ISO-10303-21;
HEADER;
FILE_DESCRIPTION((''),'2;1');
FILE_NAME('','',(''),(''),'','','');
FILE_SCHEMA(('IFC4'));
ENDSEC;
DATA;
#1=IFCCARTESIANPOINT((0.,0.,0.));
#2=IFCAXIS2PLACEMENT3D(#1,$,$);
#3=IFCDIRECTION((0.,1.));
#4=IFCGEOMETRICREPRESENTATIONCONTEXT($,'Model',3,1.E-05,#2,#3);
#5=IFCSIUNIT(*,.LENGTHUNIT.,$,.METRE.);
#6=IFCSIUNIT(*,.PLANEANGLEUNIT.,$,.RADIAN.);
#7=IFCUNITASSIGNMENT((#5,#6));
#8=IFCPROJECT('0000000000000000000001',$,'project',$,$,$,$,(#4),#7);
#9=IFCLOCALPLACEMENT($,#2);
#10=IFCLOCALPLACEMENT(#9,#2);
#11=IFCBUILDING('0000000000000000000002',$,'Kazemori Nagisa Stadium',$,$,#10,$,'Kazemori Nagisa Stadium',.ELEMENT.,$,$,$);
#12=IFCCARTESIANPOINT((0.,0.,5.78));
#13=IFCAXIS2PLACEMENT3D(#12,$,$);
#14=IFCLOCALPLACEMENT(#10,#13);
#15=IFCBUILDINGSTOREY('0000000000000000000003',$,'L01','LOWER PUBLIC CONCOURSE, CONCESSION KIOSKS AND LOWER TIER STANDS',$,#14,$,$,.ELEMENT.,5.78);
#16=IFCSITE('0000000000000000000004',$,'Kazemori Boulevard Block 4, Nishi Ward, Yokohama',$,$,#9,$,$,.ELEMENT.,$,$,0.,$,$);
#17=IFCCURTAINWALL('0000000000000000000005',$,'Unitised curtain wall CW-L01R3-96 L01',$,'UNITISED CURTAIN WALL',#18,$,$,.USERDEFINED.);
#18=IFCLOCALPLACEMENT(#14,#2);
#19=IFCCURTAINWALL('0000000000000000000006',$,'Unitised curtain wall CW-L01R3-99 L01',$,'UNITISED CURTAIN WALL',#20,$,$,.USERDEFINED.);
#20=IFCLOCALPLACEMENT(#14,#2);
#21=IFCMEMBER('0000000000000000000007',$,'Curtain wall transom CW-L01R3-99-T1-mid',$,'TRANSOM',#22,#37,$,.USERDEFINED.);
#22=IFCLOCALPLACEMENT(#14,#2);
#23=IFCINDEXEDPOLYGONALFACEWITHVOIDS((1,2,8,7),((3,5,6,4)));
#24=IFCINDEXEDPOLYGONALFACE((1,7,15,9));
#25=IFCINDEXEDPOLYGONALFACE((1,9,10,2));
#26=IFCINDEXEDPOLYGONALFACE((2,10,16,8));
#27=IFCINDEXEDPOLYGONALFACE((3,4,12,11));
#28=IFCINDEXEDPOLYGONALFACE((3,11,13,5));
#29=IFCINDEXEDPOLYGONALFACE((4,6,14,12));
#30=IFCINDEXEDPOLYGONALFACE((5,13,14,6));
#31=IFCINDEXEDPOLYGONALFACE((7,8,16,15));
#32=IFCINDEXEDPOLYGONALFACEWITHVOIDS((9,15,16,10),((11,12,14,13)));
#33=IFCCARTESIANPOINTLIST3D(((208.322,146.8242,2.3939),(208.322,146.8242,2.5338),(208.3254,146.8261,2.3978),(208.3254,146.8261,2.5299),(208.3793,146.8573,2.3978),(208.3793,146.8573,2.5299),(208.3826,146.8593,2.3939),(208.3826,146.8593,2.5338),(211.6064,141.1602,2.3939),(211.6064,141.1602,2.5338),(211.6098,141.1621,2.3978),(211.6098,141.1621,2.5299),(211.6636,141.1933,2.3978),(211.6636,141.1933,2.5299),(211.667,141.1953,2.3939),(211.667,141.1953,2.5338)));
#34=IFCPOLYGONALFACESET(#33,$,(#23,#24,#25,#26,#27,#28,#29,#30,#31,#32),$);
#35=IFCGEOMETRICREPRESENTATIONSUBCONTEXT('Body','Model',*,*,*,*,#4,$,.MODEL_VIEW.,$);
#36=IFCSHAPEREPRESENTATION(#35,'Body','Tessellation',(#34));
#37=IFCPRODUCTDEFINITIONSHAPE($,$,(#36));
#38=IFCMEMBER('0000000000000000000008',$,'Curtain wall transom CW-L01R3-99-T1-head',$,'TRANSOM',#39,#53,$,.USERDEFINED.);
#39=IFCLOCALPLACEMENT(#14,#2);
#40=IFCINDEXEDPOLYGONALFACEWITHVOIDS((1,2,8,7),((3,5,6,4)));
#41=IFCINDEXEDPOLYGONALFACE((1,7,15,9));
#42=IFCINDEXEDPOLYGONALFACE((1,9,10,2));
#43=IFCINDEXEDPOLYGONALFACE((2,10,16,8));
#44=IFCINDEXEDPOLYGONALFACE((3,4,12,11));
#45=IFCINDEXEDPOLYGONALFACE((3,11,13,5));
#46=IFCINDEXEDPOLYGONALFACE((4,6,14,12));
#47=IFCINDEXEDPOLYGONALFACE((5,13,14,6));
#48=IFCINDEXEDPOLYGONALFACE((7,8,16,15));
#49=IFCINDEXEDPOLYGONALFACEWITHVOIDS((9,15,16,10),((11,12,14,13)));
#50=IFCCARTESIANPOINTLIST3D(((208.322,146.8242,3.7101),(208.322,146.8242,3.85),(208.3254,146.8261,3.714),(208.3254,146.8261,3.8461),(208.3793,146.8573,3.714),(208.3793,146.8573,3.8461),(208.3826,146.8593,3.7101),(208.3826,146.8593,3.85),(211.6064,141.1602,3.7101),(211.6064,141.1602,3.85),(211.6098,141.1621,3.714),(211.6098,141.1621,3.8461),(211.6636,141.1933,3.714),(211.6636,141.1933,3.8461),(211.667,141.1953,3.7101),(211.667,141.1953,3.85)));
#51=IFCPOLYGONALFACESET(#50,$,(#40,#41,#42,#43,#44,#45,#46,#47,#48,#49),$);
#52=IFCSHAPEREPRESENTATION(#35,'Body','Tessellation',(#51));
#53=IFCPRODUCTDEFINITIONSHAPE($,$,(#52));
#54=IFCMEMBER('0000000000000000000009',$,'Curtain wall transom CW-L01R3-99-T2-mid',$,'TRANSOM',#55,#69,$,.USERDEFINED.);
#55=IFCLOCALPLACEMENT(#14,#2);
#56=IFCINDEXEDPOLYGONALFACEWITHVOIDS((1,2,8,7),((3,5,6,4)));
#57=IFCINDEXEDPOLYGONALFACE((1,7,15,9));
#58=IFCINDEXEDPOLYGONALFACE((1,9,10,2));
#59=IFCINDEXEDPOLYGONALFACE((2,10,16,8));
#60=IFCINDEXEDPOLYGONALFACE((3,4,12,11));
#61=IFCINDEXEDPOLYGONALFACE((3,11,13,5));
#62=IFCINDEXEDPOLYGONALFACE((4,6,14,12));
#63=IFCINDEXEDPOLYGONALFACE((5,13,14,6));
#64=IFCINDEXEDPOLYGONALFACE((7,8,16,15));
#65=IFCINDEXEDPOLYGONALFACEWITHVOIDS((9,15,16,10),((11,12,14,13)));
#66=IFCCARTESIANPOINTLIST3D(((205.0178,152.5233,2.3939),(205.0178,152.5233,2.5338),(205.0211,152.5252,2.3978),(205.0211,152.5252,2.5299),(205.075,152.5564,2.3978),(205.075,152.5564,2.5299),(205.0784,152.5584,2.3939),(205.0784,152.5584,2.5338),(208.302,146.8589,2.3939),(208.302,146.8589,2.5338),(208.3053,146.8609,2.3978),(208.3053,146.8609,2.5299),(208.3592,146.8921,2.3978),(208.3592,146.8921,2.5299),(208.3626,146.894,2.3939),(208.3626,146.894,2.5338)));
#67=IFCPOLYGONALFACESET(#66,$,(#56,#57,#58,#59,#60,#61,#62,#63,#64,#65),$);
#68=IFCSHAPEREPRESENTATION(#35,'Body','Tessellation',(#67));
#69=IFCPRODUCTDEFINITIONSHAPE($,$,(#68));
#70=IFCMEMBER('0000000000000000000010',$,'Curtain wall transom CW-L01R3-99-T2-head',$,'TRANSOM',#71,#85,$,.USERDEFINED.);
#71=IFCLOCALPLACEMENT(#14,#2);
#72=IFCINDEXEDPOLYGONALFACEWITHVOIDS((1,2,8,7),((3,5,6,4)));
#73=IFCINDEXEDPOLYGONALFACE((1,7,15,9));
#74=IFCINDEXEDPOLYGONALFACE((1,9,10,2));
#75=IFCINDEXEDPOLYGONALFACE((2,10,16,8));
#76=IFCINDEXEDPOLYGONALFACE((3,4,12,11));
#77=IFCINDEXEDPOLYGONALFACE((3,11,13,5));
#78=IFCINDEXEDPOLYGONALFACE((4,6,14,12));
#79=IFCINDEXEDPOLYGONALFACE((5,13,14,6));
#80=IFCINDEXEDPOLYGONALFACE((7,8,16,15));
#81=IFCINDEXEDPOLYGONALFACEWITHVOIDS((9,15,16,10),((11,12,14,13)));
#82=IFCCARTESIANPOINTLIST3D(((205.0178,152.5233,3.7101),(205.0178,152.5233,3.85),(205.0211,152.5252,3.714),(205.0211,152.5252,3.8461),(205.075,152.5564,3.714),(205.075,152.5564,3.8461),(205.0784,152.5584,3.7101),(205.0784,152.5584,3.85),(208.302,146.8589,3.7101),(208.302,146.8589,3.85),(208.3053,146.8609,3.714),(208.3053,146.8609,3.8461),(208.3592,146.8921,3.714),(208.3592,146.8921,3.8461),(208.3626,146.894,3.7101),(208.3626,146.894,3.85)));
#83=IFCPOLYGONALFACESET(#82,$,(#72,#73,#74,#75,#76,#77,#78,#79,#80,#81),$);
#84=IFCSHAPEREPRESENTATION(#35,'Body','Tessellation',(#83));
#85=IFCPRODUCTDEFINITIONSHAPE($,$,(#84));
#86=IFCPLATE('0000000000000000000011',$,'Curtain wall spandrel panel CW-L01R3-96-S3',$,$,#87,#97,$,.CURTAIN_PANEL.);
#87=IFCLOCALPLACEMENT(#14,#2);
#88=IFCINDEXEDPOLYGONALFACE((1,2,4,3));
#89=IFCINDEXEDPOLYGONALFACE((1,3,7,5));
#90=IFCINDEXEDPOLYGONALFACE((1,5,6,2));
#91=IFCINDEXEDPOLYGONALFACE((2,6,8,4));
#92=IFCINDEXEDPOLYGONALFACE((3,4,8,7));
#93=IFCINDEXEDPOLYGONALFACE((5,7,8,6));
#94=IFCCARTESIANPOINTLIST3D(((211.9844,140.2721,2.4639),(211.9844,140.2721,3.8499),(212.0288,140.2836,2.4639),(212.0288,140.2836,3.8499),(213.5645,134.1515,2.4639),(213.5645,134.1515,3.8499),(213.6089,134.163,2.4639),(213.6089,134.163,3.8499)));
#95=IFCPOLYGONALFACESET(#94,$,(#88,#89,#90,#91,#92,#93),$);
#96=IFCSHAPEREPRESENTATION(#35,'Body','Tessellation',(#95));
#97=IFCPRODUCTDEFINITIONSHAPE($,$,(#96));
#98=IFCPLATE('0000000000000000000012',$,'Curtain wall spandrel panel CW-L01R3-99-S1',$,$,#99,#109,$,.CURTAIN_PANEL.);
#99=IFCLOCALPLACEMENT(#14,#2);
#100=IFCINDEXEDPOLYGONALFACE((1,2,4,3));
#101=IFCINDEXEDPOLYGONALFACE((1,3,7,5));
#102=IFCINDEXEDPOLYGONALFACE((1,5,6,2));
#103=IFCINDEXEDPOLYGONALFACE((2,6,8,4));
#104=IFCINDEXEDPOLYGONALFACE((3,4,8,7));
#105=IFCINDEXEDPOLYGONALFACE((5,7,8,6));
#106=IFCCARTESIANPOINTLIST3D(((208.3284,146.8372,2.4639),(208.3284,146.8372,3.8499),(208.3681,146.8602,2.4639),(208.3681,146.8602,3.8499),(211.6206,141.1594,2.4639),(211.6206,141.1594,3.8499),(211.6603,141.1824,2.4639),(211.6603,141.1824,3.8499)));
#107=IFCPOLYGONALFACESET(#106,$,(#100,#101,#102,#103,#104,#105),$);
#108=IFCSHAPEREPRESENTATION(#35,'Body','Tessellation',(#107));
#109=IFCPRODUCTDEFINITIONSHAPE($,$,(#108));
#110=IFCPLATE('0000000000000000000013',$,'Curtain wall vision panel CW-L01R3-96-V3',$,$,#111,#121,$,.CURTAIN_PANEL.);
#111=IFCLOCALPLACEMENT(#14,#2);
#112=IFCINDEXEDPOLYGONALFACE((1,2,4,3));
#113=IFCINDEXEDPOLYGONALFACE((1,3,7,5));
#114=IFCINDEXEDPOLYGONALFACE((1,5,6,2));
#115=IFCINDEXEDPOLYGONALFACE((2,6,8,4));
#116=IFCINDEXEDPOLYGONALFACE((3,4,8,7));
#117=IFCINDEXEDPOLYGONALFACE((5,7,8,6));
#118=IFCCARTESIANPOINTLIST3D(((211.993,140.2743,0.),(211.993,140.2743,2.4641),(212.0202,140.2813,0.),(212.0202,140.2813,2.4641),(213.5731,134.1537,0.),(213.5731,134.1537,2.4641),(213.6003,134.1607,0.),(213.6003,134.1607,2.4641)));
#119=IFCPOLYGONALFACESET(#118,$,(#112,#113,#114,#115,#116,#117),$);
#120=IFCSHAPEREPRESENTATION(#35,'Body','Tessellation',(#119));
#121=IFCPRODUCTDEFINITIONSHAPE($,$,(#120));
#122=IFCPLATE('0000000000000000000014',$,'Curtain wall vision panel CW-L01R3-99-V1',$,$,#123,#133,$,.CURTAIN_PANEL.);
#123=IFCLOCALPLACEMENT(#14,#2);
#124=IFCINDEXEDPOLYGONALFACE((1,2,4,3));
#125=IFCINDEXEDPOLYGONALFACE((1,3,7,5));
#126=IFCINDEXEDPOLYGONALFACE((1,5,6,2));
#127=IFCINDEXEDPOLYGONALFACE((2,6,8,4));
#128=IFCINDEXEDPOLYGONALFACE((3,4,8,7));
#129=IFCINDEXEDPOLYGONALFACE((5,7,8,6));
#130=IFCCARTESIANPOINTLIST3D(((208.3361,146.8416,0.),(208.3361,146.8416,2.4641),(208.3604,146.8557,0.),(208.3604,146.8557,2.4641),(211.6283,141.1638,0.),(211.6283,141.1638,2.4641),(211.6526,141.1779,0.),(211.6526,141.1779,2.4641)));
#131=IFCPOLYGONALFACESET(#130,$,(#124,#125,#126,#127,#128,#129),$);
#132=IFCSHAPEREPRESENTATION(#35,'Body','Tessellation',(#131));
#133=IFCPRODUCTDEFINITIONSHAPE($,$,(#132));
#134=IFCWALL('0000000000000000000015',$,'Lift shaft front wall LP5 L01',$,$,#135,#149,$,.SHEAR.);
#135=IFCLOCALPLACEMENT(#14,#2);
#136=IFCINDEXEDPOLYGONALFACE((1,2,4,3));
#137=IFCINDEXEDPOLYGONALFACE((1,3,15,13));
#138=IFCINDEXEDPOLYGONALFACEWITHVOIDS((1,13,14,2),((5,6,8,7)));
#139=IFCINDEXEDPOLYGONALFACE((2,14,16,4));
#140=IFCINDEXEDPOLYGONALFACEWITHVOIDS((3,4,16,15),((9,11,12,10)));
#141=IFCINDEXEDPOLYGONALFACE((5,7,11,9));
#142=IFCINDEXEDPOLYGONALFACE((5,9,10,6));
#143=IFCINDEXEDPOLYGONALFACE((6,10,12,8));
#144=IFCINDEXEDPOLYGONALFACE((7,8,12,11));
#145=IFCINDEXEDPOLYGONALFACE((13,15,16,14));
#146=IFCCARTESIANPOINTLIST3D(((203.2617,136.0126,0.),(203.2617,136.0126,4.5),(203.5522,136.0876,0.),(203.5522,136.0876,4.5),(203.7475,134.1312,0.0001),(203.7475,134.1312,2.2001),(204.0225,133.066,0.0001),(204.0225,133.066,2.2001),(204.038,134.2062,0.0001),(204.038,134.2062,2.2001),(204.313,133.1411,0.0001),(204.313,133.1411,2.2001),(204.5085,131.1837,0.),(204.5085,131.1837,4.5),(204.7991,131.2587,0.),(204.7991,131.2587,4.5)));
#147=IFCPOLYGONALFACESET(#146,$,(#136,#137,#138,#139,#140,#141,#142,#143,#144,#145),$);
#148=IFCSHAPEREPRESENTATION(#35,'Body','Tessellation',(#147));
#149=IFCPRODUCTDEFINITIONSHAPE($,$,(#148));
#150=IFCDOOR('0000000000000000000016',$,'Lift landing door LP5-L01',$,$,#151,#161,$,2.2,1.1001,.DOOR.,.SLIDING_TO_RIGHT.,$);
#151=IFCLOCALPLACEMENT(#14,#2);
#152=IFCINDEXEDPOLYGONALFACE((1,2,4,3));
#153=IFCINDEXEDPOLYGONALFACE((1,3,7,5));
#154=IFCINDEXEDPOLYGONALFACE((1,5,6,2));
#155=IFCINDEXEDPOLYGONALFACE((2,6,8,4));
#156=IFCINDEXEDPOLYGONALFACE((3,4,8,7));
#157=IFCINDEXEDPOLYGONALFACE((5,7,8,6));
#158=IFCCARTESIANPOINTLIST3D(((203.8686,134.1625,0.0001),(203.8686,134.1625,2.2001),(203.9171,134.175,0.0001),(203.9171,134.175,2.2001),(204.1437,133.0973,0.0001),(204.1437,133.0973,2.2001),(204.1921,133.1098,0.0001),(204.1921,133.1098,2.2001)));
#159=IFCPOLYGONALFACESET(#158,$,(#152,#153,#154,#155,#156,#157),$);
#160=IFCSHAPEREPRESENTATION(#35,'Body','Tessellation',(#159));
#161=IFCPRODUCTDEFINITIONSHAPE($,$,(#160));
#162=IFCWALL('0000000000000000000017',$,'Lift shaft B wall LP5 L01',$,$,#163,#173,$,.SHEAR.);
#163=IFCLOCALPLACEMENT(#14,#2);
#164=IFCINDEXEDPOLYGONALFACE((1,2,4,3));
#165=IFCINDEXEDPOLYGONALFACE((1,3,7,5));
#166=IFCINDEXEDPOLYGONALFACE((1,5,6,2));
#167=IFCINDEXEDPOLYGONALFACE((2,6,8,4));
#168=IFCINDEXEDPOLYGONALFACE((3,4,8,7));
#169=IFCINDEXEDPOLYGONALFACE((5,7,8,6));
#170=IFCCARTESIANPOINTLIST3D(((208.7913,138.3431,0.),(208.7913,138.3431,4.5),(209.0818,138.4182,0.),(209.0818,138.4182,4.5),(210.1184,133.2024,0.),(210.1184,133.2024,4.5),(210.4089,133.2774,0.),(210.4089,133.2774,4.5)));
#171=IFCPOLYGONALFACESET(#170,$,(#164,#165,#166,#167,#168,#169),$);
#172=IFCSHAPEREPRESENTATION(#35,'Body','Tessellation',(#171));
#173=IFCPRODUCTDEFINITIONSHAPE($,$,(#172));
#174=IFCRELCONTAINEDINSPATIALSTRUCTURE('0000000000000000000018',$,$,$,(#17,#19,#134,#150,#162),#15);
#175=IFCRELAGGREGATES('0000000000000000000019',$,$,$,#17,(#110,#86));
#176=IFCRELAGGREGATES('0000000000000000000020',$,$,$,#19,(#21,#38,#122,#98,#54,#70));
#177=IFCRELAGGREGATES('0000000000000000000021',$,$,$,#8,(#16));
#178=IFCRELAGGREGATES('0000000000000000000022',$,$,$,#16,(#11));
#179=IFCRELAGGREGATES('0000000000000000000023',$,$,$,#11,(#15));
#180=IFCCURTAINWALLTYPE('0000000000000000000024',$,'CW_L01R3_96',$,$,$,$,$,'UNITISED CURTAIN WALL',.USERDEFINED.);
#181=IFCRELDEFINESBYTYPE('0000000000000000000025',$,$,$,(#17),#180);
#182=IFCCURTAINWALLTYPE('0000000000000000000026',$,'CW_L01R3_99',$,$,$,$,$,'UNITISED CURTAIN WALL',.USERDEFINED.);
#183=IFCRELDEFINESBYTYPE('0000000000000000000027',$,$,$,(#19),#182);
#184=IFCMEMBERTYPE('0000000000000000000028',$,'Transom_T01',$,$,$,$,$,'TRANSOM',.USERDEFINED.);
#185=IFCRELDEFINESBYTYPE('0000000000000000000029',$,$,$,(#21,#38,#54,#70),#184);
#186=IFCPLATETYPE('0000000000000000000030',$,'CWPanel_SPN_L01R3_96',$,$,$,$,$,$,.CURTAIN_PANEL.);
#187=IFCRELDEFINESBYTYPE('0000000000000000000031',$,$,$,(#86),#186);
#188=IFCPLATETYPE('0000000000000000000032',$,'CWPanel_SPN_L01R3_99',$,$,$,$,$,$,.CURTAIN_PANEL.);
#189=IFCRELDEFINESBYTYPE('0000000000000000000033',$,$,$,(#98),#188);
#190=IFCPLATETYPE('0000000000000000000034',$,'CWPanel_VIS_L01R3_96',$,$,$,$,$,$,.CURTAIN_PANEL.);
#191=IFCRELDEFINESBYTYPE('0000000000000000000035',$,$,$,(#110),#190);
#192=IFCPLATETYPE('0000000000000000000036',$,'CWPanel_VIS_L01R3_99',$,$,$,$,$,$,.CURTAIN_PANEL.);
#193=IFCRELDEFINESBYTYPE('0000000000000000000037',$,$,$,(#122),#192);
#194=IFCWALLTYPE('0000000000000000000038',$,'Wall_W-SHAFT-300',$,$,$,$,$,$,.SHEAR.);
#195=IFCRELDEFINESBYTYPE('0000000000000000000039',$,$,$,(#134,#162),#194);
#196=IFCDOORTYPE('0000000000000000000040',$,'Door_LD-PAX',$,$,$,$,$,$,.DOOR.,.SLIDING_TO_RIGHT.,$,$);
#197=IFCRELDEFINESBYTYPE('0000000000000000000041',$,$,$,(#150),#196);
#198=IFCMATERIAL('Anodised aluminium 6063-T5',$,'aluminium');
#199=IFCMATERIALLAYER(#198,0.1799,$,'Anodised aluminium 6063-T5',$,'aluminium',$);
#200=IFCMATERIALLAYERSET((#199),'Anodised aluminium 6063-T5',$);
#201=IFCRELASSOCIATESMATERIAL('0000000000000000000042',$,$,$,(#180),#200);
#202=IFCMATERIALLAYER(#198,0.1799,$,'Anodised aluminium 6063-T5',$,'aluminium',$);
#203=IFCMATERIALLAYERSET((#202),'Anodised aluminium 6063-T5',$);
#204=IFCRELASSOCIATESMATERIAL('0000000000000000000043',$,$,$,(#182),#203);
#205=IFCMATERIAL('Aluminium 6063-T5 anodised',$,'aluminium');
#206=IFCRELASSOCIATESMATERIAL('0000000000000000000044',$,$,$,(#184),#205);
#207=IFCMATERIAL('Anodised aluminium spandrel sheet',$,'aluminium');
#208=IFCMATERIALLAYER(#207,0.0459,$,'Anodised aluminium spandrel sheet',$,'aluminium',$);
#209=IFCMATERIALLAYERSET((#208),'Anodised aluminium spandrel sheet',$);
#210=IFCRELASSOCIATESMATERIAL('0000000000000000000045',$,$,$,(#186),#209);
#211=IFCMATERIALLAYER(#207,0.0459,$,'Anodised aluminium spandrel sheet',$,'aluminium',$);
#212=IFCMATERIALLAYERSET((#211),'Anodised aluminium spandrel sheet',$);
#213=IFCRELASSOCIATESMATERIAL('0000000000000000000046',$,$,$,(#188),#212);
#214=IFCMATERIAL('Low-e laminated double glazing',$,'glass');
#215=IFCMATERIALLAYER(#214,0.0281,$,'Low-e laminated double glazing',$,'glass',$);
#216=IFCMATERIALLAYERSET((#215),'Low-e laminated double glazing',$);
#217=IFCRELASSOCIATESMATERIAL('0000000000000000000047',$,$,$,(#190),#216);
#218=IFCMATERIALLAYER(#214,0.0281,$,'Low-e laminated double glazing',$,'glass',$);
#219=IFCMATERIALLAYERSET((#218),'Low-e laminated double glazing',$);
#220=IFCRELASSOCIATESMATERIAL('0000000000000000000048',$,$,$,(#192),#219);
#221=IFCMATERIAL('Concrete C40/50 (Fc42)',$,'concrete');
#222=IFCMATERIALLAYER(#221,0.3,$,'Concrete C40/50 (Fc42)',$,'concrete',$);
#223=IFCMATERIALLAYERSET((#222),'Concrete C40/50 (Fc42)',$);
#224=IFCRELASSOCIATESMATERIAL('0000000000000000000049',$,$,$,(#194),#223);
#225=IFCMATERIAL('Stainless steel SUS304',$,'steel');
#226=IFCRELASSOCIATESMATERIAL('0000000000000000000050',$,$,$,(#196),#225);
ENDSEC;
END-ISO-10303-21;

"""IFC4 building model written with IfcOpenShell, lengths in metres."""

from ifc_helpers import new_model, si_unit, direction, frame, frame_2d, origin, origin_2d, place, context, subcontext, project, spatial, rectangle, hollow_rectangle, extrude, material, layer, layer_set, material_profile, profile_set, type_object, element, fill, aggregate, save


model = new_model("IFC4")

# Units and contexts
model_context = context("Model", 3, precision=1e-05, world=origin(), true_north=direction((0.0, 1.0)))
body_context = subcontext(model_context, "Body", "Model", "MODEL_VIEW")
ifc_project = project(units=[si_unit("LENGTHUNIT", "METRE"), si_unit("PLANEANGLEUNIT", "RADIAN")], contexts=[model_context])

# Site, building, storey
site_placement = place(None, origin())
site = spatial("IfcSite", under=ifc_project, at=site_placement, Name="Kazemori Boulevard Block 4, Nishi Ward, Yokohama", CompositionType="ELEMENT", RefElevation=0.0)
building_placement = place(site_placement, origin())
building = spatial("IfcBuilding", under=site, at=building_placement, Name="Kazemori Nagisa Stadium", LongName="Kazemori Nagisa Stadium", CompositionType="ELEMENT")
storey_placement = place(building_placement, frame((0.0, 0.0, 5.78)))
storey = spatial("IfcBuildingStorey", under=building, at=storey_placement, Name="L01", Description="LOWER PUBLIC CONCOURSE, CONCESSION KIOSKS AND LOWER TIER STANDS", CompositionType="ELEMENT", Elevation=5.78)

# Shared definitions
ifc_material_1 = material(Name="Concrete C40/50 (Fc42)", Category="concrete")

# Curtain walls
ifc_material_2 = material(Name="Anodised aluminium 6063-T5", Category="aluminium")
ifc_layer_1 = layer(ifc_material_2, 0.1799, Name="Anodised aluminium 6063-T5", Category="aluminium")
ifc_layer_set_1 = layer_set([ifc_layer_1], Name="Anodised aluminium 6063-T5")
curtain_wall_type_1 = type_object("IfcCurtainWallType", Name="CW_L01R3_96", ElementType="UNITISED CURTAIN WALL", PredefinedType="USERDEFINED", material=ifc_layer_set_1)
curtain_wall_1_placement = place(storey_placement, origin())
curtain_wall_1 = element("IfcCurtainWall", 1, at=curtain_wall_1_placement, inside=storey, type_object=curtain_wall_type_1, Name="Unitised curtain wall CW-L01R3-96 L01", ObjectType="UNITISED CURTAIN WALL", PredefinedType="USERDEFINED")
ifc_material_3 = material(Name="Aluminium 6063-T5 anodised", Category="aluminium")
ifc_layer_2 = layer(ifc_material_2, 0.1799, Name="Anodised aluminium 6063-T5", Category="aluminium")
ifc_layer_set_2 = layer_set([ifc_layer_2], Name="Anodised aluminium 6063-T5")
curtain_wall_type_2 = type_object("IfcCurtainWallType", Name="CW_L01R3_99", ElementType="UNITISED CURTAIN WALL", PredefinedType="USERDEFINED", material=ifc_layer_set_2)
curtain_wall_2_placement = place(storey_placement, origin())
curtain_wall_2 = element("IfcCurtainWall", 2, at=curtain_wall_2_placement, inside=storey, type_object=curtain_wall_type_2, Name="Unitised curtain wall CW-L01R3-99 L01", ObjectType="UNITISED CURTAIN WALL", PredefinedType="USERDEFINED")

# Members
ifc_material_profile_1 = material_profile(ifc_material_3, hollow_rectangle(XDim=0.0701, YDim=0.1399, WallThickness=0.0039, at=origin_2d()), Name="ALU-TRAN-70x140x4")
ifc_profile_set_1 = profile_set([ifc_material_profile_1], Name="Aluminium 6063-T5 anodised")
member_type_1 = type_object("IfcMemberType", Name="Transom_T01", ElementType="TRANSOM", PredefinedType="USERDEFINED", material=ifc_profile_set_1)
member_1_placement = place(storey_placement, frame((211.6367, 141.1777, 2.4639), z_axis=(-0.501634, 0.86508, 0.0), x_axis=(-0.86508, -0.501634, 0.0)))
member_1 = element("IfcMember", 3, at=member_1_placement, type_object=member_type_1, Name="Curtain wall transom CW-L01R3-99-T1-mid", ObjectType="TRANSOM", PredefinedType="USERDEFINED", context=body_context, shape_type="SweptSolid", body=[
    extrude(hollow_rectangle(XDim=0.0701, YDim=0.1399, WallThickness=0.0039, at=origin_2d()), origin(), (0.0, 0.0, 1.0), 6.5474),
])
member_2_placement = place(storey_placement, frame((211.6367, 141.1777, 3.78), z_axis=(-0.501634, 0.86508, 0.0), x_axis=(-0.86508, -0.501634, 0.0)))
member_2 = element("IfcMember", 4, at=member_2_placement, type_object=member_type_1, Name="Curtain wall transom CW-L01R3-99-T1-head", ObjectType="TRANSOM", PredefinedType="USERDEFINED", context=body_context, shape_type="SweptSolid", body=[
    extrude(hollow_rectangle(XDim=0.0701, YDim=0.1399, WallThickness=0.0039, at=origin_2d()), origin(), (0.0, 0.0, 1.0), 6.5474),
])
member_3_placement = place(storey_placement, frame((208.3323, 146.8765, 2.4639), z_axis=(-0.50159, 0.865105, 0.0), x_axis=(-0.865105, -0.50159, 0.0)))
member_3 = element("IfcMember", 5, at=member_3_placement, type_object=member_type_1, Name="Curtain wall transom CW-L01R3-99-T2-mid", ObjectType="TRANSOM", PredefinedType="USERDEFINED", context=body_context, shape_type="SweptSolid", body=[
    extrude(hollow_rectangle(XDim=0.0701, YDim=0.1399, WallThickness=0.0039, at=origin_2d()), origin(), (0.0, 0.0, 1.0), 6.5476),
])
member_4_placement = place(storey_placement, frame((208.3323, 146.8765, 3.78), z_axis=(-0.50159, 0.865105, 0.0), x_axis=(-0.865105, -0.50159, 0.0)))
member_4 = element("IfcMember", 6, at=member_4_placement, type_object=member_type_1, Name="Curtain wall transom CW-L01R3-99-T2-head", ObjectType="TRANSOM", PredefinedType="USERDEFINED", context=body_context, shape_type="SweptSolid", body=[
    extrude(hollow_rectangle(XDim=0.0701, YDim=0.1399, WallThickness=0.0039, at=origin_2d()), origin(), (0.0, 0.0, 1.0), 6.5476),
])

# Plates
ifc_material_4 = material(Name="Anodised aluminium spandrel sheet", Category="aluminium")
ifc_layer_3 = layer(ifc_material_4, 0.0459, Name="Anodised aluminium spandrel sheet", Category="aluminium")
ifc_layer_set_3 = layer_set([ifc_layer_3], Name="Anodised aluminium spandrel sheet")
plate_type_1 = type_object("IfcPlateType", Name="CWPanel_SPN_L01R3_96", PredefinedType="CURTAIN_PANEL", material=ifc_layer_set_3)
plate_1_placement = place(storey_placement, frame((212.7966, 137.2175, 2.4639), z_axis=(0.0, 0.0, 1.0), x_axis=(-0.249965, 0.968255, 0.0)))
plate_1 = element("IfcPlate", 7, at=plate_1_placement, type_object=plate_type_1, Name="Curtain wall spandrel panel CW-L01R3-96-S3", PredefinedType="CURTAIN_PANEL", context=body_context, shape_type="SweptSolid", body=[
    extrude(rectangle(XDim=6.3213, YDim=0.0459, at=origin_2d()), origin(), (0.0, 0.0, 1.0), 1.386),
])
ifc_layer_4 = layer(ifc_material_4, 0.0459, Name="Anodised aluminium spandrel sheet", Category="aluminium")
ifc_layer_set_4 = layer_set([ifc_layer_4], Name="Anodised aluminium spandrel sheet")
plate_type_2 = type_object("IfcPlateType", Name="CWPanel_SPN_L01R3_99", PredefinedType="CURTAIN_PANEL", material=ifc_layer_set_4)
plate_2_placement = place(storey_placement, frame((209.9944, 144.0098, 2.4639), z_axis=(0.0, 0.0, 1.0), x_axis=(-0.501612, 0.865093, 0.0)))
plate_2 = element("IfcPlate", 8, at=plate_2_placement, type_object=plate_type_2, Name="Curtain wall spandrel panel CW-L01R3-99-S1", PredefinedType="CURTAIN_PANEL", context=body_context, shape_type="SweptSolid", body=[
    extrude(rectangle(XDim=6.5632, YDim=0.0459, at=origin_2d()), origin(), (0.0, 0.0, 1.0), 1.386),
])
ifc_material_5 = material(Name="Low-e laminated double glazing", Category="glass")
ifc_layer_5 = layer(ifc_material_5, 0.0281, Name="Low-e laminated double glazing", Category="glass")
ifc_layer_set_5 = layer_set([ifc_layer_5], Name="Low-e laminated double glazing")
plate_type_3 = type_object("IfcPlateType", Name="CWPanel_VIS_L01R3_96", PredefinedType="CURTAIN_PANEL", material=ifc_layer_set_5)
plate_3_placement = place(storey_placement, frame((212.7966, 137.2175, 0.0), z_axis=(0.0, 0.0, 1.0), x_axis=(-0.249965, 0.968255, 0.0)))
plate_3 = element("IfcPlate", 9, at=plate_3_placement, type_object=plate_type_3, Name="Curtain wall vision panel CW-L01R3-96-V3", PredefinedType="CURTAIN_PANEL", context=body_context, shape_type="SweptSolid", body=[
    extrude(rectangle(XDim=6.3213, YDim=0.0281, at=origin_2d()), origin(), (0.0, 0.0, 1.0), 2.4641),
])
aggregate(curtain_wall_1, [plate_3, plate_1])
ifc_layer_6 = layer(ifc_material_5, 0.0281, Name="Low-e laminated double glazing", Category="glass")
ifc_layer_set_6 = layer_set([ifc_layer_6], Name="Low-e laminated double glazing")
plate_type_4 = type_object("IfcPlateType", Name="CWPanel_VIS_L01R3_99", PredefinedType="CURTAIN_PANEL", material=ifc_layer_set_6)
plate_4_placement = place(storey_placement, frame((209.9944, 144.0098, 0.0), z_axis=(0.0, 0.0, 1.0), x_axis=(-0.501612, 0.865093, 0.0)))
plate_4 = element("IfcPlate", 10, at=plate_4_placement, type_object=plate_type_4, Name="Curtain wall vision panel CW-L01R3-99-V1", PredefinedType="CURTAIN_PANEL", context=body_context, shape_type="SweptSolid", body=[
    extrude(rectangle(XDim=6.5632, YDim=0.0281, at=origin_2d()), origin(), (0.0, 0.0, 1.0), 2.4641),
])
aggregate(curtain_wall_2, [member_1, member_2, plate_4, plate_2, member_3, member_4])

# Wall, opening, door
ifc_layer_7 = layer(ifc_material_1, 0.3, Name="Concrete C40/50 (Fc42)", Category="concrete")
ifc_layer_set_7 = layer_set([ifc_layer_7], Name="Concrete C40/50 (Fc42)")
wall_type = type_object("IfcWallType", Name="Wall_W-SHAFT-300", PredefinedType="SHEAR", material=ifc_layer_set_7)
wall_1_placement = place(storey_placement, frame((204.6538, 131.2212, 0.0), z_axis=(0.0, 0.0, 1.0), x_axis=(-0.250004, 0.968245, 0.0)))
wall_1 = element("IfcWall", 11, at=wall_1_placement, inside=storey, type_object=wall_type, Name="Lift shaft front wall LP5 L01", PredefinedType="SHEAR", context=body_context, shape_type="SweptSolid", body=[
    extrude(rectangle(XDim=4.9873, YDim=0.3, at=frame_2d((2.4937, 0.0))), origin(), (0.0, 0.0, 1.0), 4.5),
])
opening_placement = place(wall_1_placement, frame((1.9441, 0.0, 0.0)))
opening = element("IfcOpeningElement", 12, at=opening_placement, cuts=wall_1, PredefinedType="OPENING", context=body_context, shape_type="SweptSolid", body=[
    extrude(rectangle(XDim=1.1001, YDim=2.2, at=frame_2d((0.55, 1.1001))), frame((0.0, 0.1599, 0.0), z_axis=(0.0, -1.0, 0.0), x_axis=(1.0, 0.0, 0.0)), (0.0, 0.0, 1.0), 0.3201),
])
ifc_material_6 = material(Name="Stainless steel SUS304", Category="steel")
door_type = type_object("IfcDoorType", Name="Door_LD-PAX", OperationType="SLIDING_TO_RIGHT", PredefinedType="DOOR", material=ifc_material_6)
door_placement = place(opening_placement, origin())
door = element("IfcDoor", 13, at=door_placement, inside=storey, type_object=door_type, Name="Lift landing door LP5-L01", OperationType="SLIDING_TO_RIGHT", OverallHeight=2.2, OverallWidth=1.1001, PredefinedType="DOOR", context=body_context, shape_type="SweptSolid", body=[
    extrude(rectangle(XDim=1.1001, YDim=2.2, at=frame_2d((0.55, 1.1001))), frame((0.0, 0.0249, 0.0), z_axis=(0.0, -1.0, 0.0), x_axis=(1.0, 0.0, 0.0)), (0.0, 0.0, 1.0), 0.05),
])
fill(opening, door)

# Wall
wall_2_placement = place(storey_placement, frame((210.2637, 133.2397, 0.0), z_axis=(0.0, 0.0, 1.0), x_axis=(-0.249961, 0.968256, 0.0)))
element("IfcWall", 14, at=wall_2_placement, inside=storey, type_object=wall_type, Name="Lift shaft B wall LP5 L01", PredefinedType="SHEAR", context=body_context, shape_type="SweptSolid", body=[
    extrude(rectangle(XDim=5.3093, YDim=0.3, at=frame_2d((2.6548, 0.0))), origin(), (0.0, 0.0, 1.0), 4.5),
])

save(model, "model.ifc")
